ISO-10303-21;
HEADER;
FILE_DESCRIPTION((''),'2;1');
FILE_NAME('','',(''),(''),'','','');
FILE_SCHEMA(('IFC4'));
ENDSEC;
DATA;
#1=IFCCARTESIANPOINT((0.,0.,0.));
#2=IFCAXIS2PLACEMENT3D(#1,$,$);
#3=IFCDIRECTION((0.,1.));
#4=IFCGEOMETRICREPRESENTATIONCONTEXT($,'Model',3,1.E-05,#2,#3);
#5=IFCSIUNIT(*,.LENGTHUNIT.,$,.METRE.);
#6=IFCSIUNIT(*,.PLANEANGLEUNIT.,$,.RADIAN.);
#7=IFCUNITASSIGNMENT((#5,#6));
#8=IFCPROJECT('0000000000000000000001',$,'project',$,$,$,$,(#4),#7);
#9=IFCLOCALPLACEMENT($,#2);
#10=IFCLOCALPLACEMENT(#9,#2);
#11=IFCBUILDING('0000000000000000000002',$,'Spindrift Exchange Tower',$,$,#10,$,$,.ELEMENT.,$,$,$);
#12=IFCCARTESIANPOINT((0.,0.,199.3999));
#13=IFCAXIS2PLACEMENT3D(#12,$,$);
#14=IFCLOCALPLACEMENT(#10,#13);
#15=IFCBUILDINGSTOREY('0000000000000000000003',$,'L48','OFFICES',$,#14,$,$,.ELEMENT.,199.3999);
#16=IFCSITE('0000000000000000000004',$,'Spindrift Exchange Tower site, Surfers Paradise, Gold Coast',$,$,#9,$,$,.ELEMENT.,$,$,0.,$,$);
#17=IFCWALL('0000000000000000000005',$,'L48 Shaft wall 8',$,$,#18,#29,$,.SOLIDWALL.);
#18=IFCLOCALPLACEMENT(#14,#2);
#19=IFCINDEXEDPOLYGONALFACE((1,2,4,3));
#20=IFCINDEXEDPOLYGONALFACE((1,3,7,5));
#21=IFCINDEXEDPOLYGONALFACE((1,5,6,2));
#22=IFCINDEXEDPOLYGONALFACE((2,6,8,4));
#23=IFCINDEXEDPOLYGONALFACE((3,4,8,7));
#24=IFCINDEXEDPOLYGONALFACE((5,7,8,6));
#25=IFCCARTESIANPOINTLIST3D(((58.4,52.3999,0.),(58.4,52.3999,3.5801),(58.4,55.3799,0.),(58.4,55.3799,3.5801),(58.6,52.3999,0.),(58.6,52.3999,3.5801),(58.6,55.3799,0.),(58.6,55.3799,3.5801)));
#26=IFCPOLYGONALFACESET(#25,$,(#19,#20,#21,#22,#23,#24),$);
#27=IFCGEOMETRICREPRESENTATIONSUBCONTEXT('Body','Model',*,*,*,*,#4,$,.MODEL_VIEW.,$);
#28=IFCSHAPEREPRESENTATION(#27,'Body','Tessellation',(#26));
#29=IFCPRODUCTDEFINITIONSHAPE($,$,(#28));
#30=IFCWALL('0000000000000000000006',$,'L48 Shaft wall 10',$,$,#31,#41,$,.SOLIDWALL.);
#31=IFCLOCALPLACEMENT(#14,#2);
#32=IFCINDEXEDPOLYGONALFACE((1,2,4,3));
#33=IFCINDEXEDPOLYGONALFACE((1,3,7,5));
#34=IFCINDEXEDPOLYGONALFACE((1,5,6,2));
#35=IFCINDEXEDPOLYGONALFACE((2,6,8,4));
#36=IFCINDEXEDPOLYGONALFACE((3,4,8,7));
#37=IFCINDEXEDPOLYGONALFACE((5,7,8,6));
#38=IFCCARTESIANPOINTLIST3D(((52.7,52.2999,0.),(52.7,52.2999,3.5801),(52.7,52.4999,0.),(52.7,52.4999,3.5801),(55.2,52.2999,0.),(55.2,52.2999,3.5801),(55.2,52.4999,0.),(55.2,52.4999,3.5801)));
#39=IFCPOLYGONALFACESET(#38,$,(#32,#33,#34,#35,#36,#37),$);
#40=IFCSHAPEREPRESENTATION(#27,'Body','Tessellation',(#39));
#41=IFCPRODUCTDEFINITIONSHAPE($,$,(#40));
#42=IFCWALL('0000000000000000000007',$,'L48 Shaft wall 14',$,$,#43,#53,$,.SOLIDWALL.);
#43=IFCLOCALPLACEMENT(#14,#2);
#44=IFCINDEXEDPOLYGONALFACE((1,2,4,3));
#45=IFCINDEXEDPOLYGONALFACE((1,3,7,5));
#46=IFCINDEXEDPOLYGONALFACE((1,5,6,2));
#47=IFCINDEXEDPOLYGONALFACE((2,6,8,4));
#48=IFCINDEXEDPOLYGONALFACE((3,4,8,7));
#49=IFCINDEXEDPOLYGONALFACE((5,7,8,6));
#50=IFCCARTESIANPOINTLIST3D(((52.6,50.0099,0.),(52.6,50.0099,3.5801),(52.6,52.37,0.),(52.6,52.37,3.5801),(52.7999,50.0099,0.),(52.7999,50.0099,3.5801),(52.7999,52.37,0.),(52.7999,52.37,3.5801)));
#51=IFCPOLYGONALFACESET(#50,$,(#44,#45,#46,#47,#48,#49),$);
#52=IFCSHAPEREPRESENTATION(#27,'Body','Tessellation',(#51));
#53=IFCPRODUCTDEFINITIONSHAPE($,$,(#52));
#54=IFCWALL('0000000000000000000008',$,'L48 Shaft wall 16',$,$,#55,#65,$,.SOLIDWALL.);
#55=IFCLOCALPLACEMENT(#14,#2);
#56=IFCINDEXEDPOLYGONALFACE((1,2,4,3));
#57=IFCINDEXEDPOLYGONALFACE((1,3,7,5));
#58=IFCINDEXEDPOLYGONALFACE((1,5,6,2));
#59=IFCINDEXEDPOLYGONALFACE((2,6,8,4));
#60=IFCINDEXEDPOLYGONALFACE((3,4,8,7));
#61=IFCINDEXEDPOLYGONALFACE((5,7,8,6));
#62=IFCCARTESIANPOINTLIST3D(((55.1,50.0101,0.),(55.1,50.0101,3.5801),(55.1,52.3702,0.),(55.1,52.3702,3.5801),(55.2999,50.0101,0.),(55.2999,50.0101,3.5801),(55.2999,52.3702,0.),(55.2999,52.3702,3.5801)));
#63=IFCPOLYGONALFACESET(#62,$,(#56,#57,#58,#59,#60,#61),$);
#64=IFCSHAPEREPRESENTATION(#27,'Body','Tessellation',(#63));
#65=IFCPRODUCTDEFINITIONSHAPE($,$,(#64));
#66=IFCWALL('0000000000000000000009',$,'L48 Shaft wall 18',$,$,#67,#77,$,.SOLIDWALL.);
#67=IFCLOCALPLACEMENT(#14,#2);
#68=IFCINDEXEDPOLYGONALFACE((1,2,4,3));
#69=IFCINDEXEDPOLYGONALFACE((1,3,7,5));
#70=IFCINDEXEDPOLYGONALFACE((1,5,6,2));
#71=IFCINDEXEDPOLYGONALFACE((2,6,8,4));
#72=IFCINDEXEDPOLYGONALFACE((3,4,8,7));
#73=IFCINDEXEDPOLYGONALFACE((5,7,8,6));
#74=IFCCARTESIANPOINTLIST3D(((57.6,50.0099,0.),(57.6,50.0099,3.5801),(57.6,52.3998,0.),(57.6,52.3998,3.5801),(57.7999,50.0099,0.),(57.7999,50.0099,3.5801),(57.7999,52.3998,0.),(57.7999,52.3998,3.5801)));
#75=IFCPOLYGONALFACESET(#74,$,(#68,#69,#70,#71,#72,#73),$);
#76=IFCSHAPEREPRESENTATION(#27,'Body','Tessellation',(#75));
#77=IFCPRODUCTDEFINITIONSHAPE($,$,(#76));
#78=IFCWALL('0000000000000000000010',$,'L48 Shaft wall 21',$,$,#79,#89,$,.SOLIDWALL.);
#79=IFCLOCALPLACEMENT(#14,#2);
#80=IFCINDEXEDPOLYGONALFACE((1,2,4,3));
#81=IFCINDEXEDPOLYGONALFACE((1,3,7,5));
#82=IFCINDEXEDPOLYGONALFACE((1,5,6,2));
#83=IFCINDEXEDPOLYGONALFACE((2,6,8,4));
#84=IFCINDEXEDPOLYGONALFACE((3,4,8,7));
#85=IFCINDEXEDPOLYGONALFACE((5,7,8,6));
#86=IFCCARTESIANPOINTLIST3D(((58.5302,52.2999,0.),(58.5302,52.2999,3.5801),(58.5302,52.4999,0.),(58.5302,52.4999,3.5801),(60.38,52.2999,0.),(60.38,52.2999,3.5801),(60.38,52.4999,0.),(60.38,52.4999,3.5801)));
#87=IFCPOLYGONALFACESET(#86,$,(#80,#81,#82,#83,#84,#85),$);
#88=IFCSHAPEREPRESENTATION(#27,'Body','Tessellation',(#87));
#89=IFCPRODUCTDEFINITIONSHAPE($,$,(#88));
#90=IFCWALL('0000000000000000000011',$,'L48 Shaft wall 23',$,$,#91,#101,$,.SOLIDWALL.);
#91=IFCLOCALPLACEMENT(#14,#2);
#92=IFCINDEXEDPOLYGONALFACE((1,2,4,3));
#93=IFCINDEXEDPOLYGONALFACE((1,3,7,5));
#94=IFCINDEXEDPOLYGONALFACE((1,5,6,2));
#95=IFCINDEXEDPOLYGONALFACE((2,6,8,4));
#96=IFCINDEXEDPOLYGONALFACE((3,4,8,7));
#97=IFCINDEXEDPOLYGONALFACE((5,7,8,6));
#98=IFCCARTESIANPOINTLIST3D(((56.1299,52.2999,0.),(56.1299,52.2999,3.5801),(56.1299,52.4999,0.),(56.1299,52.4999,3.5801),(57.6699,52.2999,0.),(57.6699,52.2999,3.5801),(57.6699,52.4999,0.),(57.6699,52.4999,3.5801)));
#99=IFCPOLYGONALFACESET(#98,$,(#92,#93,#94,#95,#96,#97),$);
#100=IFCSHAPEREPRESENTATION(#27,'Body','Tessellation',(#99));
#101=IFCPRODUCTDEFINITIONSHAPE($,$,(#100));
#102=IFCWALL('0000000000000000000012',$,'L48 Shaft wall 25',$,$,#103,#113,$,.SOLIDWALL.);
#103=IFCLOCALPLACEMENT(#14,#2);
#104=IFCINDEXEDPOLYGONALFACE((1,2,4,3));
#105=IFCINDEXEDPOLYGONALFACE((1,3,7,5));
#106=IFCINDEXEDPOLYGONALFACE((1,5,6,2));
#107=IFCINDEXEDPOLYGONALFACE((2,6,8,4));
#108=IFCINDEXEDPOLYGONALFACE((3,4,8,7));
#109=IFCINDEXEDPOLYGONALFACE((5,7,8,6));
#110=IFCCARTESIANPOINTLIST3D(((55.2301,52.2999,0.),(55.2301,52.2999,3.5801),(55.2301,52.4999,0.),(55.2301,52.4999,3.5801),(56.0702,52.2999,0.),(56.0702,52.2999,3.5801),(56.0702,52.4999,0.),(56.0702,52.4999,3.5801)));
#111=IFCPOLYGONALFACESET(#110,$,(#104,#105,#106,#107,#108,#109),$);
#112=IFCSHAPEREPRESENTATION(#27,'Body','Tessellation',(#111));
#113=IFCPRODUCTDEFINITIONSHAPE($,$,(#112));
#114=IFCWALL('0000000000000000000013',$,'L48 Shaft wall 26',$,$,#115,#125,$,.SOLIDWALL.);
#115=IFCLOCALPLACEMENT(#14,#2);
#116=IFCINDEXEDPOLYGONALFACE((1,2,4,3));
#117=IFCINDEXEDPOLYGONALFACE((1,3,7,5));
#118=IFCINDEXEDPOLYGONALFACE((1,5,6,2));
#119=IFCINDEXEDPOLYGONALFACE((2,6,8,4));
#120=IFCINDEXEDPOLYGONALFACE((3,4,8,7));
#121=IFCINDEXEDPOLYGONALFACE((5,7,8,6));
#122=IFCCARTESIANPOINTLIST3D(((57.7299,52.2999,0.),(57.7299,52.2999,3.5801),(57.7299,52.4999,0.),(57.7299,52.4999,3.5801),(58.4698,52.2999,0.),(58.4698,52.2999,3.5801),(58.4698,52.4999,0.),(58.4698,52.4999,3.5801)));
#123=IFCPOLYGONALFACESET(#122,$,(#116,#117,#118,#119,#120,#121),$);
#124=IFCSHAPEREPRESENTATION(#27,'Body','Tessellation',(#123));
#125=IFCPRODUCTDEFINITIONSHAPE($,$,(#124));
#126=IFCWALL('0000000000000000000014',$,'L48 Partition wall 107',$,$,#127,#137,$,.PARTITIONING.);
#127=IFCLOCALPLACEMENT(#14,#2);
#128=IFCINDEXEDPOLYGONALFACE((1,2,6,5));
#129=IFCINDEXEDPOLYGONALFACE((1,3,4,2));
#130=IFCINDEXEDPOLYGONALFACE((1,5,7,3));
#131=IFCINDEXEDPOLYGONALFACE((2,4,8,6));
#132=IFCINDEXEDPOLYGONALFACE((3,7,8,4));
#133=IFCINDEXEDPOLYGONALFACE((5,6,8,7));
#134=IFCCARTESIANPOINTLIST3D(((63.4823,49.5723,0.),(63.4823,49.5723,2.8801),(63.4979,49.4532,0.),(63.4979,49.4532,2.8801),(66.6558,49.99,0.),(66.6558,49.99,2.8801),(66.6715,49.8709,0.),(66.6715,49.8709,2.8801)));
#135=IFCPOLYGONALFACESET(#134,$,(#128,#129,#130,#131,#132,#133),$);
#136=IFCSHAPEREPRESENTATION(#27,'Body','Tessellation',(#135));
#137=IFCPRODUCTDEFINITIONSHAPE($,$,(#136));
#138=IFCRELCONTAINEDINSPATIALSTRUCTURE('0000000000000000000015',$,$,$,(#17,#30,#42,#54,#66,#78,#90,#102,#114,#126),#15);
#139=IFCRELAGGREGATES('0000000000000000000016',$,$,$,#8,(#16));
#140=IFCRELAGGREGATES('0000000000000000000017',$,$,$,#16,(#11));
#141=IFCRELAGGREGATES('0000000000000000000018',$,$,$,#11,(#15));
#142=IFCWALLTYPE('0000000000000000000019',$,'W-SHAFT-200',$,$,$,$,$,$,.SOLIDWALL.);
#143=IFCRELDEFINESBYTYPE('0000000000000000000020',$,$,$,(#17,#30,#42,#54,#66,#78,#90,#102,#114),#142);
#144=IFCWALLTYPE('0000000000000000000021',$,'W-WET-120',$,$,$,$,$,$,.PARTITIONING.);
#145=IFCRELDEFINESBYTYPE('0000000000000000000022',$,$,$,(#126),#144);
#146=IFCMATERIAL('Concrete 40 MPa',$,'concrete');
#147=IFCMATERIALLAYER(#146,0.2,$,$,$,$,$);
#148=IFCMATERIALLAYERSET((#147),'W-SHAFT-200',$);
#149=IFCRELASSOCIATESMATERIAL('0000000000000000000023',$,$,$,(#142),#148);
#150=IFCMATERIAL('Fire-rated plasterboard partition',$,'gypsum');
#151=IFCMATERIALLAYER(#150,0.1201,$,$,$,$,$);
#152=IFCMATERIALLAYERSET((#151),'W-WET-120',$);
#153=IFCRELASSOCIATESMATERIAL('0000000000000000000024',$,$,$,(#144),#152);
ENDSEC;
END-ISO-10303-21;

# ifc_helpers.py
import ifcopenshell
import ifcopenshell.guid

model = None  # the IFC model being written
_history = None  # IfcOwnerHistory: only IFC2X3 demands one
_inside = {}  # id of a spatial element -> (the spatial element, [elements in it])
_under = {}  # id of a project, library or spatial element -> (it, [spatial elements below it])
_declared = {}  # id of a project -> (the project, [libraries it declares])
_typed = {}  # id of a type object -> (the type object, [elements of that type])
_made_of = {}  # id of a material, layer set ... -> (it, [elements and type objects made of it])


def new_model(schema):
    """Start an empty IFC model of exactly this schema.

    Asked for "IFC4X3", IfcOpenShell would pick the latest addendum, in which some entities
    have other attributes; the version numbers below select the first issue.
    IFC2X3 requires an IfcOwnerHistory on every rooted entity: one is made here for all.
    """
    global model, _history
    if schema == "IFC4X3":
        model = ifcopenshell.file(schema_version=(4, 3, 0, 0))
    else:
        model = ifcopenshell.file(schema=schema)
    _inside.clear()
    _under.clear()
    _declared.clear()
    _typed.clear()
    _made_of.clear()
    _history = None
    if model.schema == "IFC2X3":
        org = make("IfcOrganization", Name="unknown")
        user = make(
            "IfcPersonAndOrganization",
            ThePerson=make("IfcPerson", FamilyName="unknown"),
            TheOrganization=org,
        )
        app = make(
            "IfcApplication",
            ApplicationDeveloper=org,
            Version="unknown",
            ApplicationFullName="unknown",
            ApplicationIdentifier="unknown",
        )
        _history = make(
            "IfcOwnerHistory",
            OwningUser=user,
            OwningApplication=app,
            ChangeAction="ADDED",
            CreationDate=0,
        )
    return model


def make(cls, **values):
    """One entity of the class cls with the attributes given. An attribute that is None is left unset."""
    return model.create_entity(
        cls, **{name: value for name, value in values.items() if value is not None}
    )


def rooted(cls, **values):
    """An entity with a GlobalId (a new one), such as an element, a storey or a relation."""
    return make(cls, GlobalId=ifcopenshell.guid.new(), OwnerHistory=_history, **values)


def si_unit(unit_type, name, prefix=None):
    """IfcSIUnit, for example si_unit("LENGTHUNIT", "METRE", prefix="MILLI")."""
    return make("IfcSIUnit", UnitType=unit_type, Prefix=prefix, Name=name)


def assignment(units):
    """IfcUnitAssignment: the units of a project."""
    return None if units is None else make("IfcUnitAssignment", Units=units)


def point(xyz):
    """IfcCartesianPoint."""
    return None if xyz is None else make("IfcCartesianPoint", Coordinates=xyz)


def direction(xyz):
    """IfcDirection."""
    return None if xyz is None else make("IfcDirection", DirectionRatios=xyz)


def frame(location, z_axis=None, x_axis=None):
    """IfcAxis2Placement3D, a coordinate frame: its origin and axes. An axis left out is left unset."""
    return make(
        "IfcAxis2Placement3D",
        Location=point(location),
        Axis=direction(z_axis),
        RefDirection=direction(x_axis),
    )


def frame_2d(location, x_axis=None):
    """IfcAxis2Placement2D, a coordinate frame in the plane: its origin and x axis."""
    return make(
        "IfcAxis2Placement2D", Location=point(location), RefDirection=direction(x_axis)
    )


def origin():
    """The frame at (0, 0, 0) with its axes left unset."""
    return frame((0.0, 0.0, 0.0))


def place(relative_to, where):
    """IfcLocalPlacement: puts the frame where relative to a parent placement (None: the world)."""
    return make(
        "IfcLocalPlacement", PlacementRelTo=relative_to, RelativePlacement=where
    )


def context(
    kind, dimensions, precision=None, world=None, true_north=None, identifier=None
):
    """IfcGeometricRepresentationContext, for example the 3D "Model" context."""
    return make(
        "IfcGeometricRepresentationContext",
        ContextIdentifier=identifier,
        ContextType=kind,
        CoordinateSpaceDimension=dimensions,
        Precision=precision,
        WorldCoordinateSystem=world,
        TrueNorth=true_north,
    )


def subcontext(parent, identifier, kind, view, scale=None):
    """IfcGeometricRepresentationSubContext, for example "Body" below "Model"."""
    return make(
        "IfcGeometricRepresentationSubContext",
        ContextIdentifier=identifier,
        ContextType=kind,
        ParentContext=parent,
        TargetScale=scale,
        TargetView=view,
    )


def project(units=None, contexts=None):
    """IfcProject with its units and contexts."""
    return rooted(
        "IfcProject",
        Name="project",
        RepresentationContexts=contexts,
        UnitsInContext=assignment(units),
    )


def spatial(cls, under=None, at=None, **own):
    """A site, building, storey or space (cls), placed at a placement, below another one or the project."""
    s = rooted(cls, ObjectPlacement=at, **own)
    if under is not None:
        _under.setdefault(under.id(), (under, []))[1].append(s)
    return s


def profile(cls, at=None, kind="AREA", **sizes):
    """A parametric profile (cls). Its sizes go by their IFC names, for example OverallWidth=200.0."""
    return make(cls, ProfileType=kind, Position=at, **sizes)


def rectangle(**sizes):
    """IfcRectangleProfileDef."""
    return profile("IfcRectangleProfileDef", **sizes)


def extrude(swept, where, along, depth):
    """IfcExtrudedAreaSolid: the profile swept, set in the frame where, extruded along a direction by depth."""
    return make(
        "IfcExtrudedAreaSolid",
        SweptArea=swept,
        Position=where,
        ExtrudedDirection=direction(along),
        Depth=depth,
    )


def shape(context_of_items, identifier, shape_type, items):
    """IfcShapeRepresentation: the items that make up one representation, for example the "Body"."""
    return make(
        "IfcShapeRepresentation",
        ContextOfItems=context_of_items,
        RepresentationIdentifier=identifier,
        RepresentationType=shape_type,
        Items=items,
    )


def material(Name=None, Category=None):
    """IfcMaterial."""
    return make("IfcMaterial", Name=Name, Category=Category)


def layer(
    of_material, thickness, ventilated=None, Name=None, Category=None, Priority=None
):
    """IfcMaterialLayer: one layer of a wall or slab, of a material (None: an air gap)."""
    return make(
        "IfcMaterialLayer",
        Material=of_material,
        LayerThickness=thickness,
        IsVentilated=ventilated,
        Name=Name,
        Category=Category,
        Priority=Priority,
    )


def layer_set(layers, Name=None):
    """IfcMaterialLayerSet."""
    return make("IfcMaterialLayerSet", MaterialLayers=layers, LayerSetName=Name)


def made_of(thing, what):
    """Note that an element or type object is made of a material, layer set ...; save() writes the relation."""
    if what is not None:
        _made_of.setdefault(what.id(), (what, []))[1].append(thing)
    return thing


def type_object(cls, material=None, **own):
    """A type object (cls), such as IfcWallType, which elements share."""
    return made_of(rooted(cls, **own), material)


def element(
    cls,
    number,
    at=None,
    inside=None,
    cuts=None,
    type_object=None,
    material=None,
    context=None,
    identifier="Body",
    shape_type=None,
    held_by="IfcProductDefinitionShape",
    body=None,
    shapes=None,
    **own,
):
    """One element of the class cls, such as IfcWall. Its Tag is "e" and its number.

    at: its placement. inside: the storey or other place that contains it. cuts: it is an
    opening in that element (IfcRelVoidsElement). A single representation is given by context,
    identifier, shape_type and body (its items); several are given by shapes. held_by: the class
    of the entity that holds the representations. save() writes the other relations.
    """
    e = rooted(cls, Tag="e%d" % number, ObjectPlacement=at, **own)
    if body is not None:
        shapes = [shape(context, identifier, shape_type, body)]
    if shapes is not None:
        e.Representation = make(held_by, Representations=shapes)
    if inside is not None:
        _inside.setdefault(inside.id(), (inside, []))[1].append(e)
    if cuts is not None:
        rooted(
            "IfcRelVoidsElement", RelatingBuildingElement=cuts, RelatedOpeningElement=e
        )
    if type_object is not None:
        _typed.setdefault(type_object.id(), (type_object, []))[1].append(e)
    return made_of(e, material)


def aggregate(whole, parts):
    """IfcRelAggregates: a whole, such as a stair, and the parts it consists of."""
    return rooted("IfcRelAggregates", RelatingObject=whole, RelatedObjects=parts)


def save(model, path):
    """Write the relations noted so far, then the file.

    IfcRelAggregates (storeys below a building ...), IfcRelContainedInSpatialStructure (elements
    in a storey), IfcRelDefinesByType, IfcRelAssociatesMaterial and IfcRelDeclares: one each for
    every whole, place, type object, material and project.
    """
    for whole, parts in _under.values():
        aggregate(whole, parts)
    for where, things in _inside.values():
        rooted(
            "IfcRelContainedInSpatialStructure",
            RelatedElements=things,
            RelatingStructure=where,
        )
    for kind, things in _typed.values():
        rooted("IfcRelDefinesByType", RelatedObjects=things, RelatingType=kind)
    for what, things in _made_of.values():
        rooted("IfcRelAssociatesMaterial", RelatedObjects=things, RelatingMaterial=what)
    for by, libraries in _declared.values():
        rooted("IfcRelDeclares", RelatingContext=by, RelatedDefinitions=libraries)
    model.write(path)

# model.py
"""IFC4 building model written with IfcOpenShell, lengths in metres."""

from ifc_helpers import new_model, si_unit, direction, frame, frame_2d, origin, place, context, subcontext, project, spatial, rectangle, extrude, material, layer, layer_set, type_object, element, save


model = new_model("IFC4")

# Units and contexts
model_context = context("Model", 3, precision=1e-05, world=origin(), true_north=direction((0.0, 1.0)))
body_context = subcontext(model_context, "Body", "Model", "MODEL_VIEW")
ifc_project = project(units=[si_unit("LENGTHUNIT", "METRE"), si_unit("PLANEANGLEUNIT", "RADIAN")], contexts=[model_context])

# Site, building, storey
site_placement = place(None, origin())
site = spatial("IfcSite", under=ifc_project, at=site_placement, Name="Spindrift Exchange Tower site, Surfers Paradise, Gold Coast", CompositionType="ELEMENT", RefElevation=0.0)
building_placement = place(site_placement, origin())
building = spatial("IfcBuilding", under=site, at=building_placement, Name="Spindrift Exchange Tower", CompositionType="ELEMENT")
storey_placement = place(building_placement, frame((0.0, 0.0, 199.3999)))
storey = spatial("IfcBuildingStorey", under=building, at=storey_placement, Name="L48", Description="OFFICES", CompositionType="ELEMENT", Elevation=199.3999)

# Shared definitions
ifc_material_1 = material(Name="Fire-rated plasterboard partition", Category="gypsum")

# Shared definitions
ifc_material_2 = material(Name="Concrete 40 MPa", Category="concrete")
ifc_layer_1 = layer(ifc_material_2, 0.2)
ifc_layer_set_1 = layer_set([ifc_layer_1], Name="W-SHAFT-200")
wall_type_1 = type_object("IfcWallType", Name="W-SHAFT-200", PredefinedType="SOLIDWALL", material=ifc_layer_set_1)

# Walls
wall_1_placement = place(storey_placement, frame((58.5, 52.3999, 0.0), z_axis=(0.0, 0.0, 1.0), x_axis=(0.0, 1.0, 0.0)))
element("IfcWall", 1, at=wall_1_placement, inside=storey, type_object=wall_type_1, Name="L48 Shaft wall 8", PredefinedType="SOLIDWALL", context=body_context, shape_type="SweptSolid", body=[
    extrude(rectangle(XDim=2.98, YDim=0.2, at=frame_2d((1.49, 0.0))), origin(), (0.0, 0.0, 1.0), 3.5801),
])
wall_2_placement = place(storey_placement, frame((55.2, 52.3999, 0.0), z_axis=(0.0, 0.0, 1.0), x_axis=(-1.0, 0.0, 0.0)))
element("IfcWall", 2, at=wall_2_placement, inside=storey, type_object=wall_type_1, Name="L48 Shaft wall 10", PredefinedType="SOLIDWALL", context=body_context, shape_type="SweptSolid", body=[
    extrude(rectangle(XDim=2.5, YDim=0.2, at=frame_2d((1.25, 0.0))), origin(), (0.0, 0.0, 1.0), 3.5801),
])
for number, where, z_axis, x_axis, name in (
    (3, (52.7, 52.3701, 0.0), (0.0, 0.0, 1.0), (0.0, -1.0, 0.0), "L48 Shaft wall 14"),
    (4, (55.2, 50.01, 0.0), (0.0, 0.0, 1.0), (0.0, 1.0, 0.0), "L48 Shaft wall 16"),
):
    element("IfcWall", number, at=place(storey_placement, frame(where, z_axis=z_axis, x_axis=x_axis)), inside=storey, type_object=wall_type_1, Name=name, PredefinedType="SOLIDWALL", context=body_context, shape_type="SweptSolid", body=[
        extrude(rectangle(XDim=2.3601, YDim=0.2, at=frame_2d((1.1802, 0.0))), origin(), (0.0, 0.0, 1.0), 3.5801),
    ])
wall_3_placement = place(storey_placement, frame((57.7, 50.01, 0.0), z_axis=(0.0, 0.0, 1.0), x_axis=(0.0, 1.0, 0.0)))
element("IfcWall", 5, at=wall_3_placement, inside=storey, type_object=wall_type_1, Name="L48 Shaft wall 18", PredefinedType="SOLIDWALL", context=body_context, shape_type="SweptSolid", body=[
    extrude(rectangle(XDim=2.3899, YDim=0.2, at=frame_2d((1.1948, 0.0))), origin(), (0.0, 0.0, 1.0), 3.5801),
])
wall_4_placement = place(storey_placement, frame((60.3799, 52.3999, 0.0), z_axis=(0.0, 0.0, 1.0), x_axis=(-1.0, 0.0, 0.0)))
element("IfcWall", 6, at=wall_4_placement, inside=storey, type_object=wall_type_1, Name="L48 Shaft wall 21", PredefinedType="SOLIDWALL", context=body_context, shape_type="SweptSolid", body=[
    extrude(rectangle(XDim=1.8499, YDim=0.2, at=frame_2d((0.9248, 0.0))), origin(), (0.0, 0.0, 1.0), 3.5801),
])
wall_5_placement = place(storey_placement, frame((57.6699, 52.3999, 0.0), z_axis=(0.0, 0.0, 1.0), x_axis=(-1.0, 0.0, 0.0)))
element("IfcWall", 7, at=wall_5_placement, inside=storey, type_object=wall_type_1, Name="L48 Shaft wall 23", PredefinedType="SOLIDWALL", context=body_context, shape_type="SweptSolid", body=[
    extrude(rectangle(XDim=1.54, YDim=0.2, at=frame_2d((0.77, 0.0))), origin(), (0.0, 0.0, 1.0), 3.5801),
])
wall_6_placement = place(storey_placement, frame((56.0701, 52.3999, 0.0), z_axis=(0.0, 0.0, 1.0), x_axis=(-1.0, 0.0, 0.0)))
element("IfcWall", 8, at=wall_6_placement, inside=storey, type_object=wall_type_1, Name="L48 Shaft wall 25", PredefinedType="SOLIDWALL", context=body_context, shape_type="SweptSolid", body=[
    extrude(rectangle(XDim=0.8401, YDim=0.2, at=frame_2d((0.4199, 0.0))), origin(), (0.0, 0.0, 1.0), 3.5801),
])
wall_7_placement = place(storey_placement, frame((58.47, 52.3999, 0.0), z_axis=(0.0, 0.0, 1.0), x_axis=(-1.0, 0.0, 0.0)))
element("IfcWall", 9, at=wall_7_placement, inside=storey, type_object=wall_type_1, Name="L48 Shaft wall 26", PredefinedType="SOLIDWALL", context=body_context, shape_type="SweptSolid", body=[
    extrude(rectangle(XDim=0.74, YDim=0.2, at=frame_2d((0.3701, 0.0))), origin(), (0.0, 0.0, 1.0), 3.5801),
])
ifc_layer_2 = layer(ifc_material_1, 0.1201)
ifc_layer_set_2 = layer_set([ifc_layer_2], Name="W-WET-120")
wall_type_2 = type_object("IfcWallType", Name="W-WET-120", PredefinedType="PARTITIONING", material=ifc_layer_set_2)
wall_8_placement = place(storey_placement, frame((63.49, 49.5127, 0.0), z_axis=(0.0, 0.0, 1.0), x_axis=(0.991448, 0.1305, 0.0)))
element("IfcWall", 10, at=wall_8_placement, inside=storey, type_object=wall_type_2, Name="L48 Partition wall 107", PredefinedType="PARTITIONING", context=body_context, shape_type="SweptSolid", body=[
    extrude(rectangle(XDim=3.2009, YDim=0.1201, at=frame_2d((1.6006, 0.0))), origin(), (0.0, 0.0, 1.0), 2.8801),
])

save(model, "model.ifc")
